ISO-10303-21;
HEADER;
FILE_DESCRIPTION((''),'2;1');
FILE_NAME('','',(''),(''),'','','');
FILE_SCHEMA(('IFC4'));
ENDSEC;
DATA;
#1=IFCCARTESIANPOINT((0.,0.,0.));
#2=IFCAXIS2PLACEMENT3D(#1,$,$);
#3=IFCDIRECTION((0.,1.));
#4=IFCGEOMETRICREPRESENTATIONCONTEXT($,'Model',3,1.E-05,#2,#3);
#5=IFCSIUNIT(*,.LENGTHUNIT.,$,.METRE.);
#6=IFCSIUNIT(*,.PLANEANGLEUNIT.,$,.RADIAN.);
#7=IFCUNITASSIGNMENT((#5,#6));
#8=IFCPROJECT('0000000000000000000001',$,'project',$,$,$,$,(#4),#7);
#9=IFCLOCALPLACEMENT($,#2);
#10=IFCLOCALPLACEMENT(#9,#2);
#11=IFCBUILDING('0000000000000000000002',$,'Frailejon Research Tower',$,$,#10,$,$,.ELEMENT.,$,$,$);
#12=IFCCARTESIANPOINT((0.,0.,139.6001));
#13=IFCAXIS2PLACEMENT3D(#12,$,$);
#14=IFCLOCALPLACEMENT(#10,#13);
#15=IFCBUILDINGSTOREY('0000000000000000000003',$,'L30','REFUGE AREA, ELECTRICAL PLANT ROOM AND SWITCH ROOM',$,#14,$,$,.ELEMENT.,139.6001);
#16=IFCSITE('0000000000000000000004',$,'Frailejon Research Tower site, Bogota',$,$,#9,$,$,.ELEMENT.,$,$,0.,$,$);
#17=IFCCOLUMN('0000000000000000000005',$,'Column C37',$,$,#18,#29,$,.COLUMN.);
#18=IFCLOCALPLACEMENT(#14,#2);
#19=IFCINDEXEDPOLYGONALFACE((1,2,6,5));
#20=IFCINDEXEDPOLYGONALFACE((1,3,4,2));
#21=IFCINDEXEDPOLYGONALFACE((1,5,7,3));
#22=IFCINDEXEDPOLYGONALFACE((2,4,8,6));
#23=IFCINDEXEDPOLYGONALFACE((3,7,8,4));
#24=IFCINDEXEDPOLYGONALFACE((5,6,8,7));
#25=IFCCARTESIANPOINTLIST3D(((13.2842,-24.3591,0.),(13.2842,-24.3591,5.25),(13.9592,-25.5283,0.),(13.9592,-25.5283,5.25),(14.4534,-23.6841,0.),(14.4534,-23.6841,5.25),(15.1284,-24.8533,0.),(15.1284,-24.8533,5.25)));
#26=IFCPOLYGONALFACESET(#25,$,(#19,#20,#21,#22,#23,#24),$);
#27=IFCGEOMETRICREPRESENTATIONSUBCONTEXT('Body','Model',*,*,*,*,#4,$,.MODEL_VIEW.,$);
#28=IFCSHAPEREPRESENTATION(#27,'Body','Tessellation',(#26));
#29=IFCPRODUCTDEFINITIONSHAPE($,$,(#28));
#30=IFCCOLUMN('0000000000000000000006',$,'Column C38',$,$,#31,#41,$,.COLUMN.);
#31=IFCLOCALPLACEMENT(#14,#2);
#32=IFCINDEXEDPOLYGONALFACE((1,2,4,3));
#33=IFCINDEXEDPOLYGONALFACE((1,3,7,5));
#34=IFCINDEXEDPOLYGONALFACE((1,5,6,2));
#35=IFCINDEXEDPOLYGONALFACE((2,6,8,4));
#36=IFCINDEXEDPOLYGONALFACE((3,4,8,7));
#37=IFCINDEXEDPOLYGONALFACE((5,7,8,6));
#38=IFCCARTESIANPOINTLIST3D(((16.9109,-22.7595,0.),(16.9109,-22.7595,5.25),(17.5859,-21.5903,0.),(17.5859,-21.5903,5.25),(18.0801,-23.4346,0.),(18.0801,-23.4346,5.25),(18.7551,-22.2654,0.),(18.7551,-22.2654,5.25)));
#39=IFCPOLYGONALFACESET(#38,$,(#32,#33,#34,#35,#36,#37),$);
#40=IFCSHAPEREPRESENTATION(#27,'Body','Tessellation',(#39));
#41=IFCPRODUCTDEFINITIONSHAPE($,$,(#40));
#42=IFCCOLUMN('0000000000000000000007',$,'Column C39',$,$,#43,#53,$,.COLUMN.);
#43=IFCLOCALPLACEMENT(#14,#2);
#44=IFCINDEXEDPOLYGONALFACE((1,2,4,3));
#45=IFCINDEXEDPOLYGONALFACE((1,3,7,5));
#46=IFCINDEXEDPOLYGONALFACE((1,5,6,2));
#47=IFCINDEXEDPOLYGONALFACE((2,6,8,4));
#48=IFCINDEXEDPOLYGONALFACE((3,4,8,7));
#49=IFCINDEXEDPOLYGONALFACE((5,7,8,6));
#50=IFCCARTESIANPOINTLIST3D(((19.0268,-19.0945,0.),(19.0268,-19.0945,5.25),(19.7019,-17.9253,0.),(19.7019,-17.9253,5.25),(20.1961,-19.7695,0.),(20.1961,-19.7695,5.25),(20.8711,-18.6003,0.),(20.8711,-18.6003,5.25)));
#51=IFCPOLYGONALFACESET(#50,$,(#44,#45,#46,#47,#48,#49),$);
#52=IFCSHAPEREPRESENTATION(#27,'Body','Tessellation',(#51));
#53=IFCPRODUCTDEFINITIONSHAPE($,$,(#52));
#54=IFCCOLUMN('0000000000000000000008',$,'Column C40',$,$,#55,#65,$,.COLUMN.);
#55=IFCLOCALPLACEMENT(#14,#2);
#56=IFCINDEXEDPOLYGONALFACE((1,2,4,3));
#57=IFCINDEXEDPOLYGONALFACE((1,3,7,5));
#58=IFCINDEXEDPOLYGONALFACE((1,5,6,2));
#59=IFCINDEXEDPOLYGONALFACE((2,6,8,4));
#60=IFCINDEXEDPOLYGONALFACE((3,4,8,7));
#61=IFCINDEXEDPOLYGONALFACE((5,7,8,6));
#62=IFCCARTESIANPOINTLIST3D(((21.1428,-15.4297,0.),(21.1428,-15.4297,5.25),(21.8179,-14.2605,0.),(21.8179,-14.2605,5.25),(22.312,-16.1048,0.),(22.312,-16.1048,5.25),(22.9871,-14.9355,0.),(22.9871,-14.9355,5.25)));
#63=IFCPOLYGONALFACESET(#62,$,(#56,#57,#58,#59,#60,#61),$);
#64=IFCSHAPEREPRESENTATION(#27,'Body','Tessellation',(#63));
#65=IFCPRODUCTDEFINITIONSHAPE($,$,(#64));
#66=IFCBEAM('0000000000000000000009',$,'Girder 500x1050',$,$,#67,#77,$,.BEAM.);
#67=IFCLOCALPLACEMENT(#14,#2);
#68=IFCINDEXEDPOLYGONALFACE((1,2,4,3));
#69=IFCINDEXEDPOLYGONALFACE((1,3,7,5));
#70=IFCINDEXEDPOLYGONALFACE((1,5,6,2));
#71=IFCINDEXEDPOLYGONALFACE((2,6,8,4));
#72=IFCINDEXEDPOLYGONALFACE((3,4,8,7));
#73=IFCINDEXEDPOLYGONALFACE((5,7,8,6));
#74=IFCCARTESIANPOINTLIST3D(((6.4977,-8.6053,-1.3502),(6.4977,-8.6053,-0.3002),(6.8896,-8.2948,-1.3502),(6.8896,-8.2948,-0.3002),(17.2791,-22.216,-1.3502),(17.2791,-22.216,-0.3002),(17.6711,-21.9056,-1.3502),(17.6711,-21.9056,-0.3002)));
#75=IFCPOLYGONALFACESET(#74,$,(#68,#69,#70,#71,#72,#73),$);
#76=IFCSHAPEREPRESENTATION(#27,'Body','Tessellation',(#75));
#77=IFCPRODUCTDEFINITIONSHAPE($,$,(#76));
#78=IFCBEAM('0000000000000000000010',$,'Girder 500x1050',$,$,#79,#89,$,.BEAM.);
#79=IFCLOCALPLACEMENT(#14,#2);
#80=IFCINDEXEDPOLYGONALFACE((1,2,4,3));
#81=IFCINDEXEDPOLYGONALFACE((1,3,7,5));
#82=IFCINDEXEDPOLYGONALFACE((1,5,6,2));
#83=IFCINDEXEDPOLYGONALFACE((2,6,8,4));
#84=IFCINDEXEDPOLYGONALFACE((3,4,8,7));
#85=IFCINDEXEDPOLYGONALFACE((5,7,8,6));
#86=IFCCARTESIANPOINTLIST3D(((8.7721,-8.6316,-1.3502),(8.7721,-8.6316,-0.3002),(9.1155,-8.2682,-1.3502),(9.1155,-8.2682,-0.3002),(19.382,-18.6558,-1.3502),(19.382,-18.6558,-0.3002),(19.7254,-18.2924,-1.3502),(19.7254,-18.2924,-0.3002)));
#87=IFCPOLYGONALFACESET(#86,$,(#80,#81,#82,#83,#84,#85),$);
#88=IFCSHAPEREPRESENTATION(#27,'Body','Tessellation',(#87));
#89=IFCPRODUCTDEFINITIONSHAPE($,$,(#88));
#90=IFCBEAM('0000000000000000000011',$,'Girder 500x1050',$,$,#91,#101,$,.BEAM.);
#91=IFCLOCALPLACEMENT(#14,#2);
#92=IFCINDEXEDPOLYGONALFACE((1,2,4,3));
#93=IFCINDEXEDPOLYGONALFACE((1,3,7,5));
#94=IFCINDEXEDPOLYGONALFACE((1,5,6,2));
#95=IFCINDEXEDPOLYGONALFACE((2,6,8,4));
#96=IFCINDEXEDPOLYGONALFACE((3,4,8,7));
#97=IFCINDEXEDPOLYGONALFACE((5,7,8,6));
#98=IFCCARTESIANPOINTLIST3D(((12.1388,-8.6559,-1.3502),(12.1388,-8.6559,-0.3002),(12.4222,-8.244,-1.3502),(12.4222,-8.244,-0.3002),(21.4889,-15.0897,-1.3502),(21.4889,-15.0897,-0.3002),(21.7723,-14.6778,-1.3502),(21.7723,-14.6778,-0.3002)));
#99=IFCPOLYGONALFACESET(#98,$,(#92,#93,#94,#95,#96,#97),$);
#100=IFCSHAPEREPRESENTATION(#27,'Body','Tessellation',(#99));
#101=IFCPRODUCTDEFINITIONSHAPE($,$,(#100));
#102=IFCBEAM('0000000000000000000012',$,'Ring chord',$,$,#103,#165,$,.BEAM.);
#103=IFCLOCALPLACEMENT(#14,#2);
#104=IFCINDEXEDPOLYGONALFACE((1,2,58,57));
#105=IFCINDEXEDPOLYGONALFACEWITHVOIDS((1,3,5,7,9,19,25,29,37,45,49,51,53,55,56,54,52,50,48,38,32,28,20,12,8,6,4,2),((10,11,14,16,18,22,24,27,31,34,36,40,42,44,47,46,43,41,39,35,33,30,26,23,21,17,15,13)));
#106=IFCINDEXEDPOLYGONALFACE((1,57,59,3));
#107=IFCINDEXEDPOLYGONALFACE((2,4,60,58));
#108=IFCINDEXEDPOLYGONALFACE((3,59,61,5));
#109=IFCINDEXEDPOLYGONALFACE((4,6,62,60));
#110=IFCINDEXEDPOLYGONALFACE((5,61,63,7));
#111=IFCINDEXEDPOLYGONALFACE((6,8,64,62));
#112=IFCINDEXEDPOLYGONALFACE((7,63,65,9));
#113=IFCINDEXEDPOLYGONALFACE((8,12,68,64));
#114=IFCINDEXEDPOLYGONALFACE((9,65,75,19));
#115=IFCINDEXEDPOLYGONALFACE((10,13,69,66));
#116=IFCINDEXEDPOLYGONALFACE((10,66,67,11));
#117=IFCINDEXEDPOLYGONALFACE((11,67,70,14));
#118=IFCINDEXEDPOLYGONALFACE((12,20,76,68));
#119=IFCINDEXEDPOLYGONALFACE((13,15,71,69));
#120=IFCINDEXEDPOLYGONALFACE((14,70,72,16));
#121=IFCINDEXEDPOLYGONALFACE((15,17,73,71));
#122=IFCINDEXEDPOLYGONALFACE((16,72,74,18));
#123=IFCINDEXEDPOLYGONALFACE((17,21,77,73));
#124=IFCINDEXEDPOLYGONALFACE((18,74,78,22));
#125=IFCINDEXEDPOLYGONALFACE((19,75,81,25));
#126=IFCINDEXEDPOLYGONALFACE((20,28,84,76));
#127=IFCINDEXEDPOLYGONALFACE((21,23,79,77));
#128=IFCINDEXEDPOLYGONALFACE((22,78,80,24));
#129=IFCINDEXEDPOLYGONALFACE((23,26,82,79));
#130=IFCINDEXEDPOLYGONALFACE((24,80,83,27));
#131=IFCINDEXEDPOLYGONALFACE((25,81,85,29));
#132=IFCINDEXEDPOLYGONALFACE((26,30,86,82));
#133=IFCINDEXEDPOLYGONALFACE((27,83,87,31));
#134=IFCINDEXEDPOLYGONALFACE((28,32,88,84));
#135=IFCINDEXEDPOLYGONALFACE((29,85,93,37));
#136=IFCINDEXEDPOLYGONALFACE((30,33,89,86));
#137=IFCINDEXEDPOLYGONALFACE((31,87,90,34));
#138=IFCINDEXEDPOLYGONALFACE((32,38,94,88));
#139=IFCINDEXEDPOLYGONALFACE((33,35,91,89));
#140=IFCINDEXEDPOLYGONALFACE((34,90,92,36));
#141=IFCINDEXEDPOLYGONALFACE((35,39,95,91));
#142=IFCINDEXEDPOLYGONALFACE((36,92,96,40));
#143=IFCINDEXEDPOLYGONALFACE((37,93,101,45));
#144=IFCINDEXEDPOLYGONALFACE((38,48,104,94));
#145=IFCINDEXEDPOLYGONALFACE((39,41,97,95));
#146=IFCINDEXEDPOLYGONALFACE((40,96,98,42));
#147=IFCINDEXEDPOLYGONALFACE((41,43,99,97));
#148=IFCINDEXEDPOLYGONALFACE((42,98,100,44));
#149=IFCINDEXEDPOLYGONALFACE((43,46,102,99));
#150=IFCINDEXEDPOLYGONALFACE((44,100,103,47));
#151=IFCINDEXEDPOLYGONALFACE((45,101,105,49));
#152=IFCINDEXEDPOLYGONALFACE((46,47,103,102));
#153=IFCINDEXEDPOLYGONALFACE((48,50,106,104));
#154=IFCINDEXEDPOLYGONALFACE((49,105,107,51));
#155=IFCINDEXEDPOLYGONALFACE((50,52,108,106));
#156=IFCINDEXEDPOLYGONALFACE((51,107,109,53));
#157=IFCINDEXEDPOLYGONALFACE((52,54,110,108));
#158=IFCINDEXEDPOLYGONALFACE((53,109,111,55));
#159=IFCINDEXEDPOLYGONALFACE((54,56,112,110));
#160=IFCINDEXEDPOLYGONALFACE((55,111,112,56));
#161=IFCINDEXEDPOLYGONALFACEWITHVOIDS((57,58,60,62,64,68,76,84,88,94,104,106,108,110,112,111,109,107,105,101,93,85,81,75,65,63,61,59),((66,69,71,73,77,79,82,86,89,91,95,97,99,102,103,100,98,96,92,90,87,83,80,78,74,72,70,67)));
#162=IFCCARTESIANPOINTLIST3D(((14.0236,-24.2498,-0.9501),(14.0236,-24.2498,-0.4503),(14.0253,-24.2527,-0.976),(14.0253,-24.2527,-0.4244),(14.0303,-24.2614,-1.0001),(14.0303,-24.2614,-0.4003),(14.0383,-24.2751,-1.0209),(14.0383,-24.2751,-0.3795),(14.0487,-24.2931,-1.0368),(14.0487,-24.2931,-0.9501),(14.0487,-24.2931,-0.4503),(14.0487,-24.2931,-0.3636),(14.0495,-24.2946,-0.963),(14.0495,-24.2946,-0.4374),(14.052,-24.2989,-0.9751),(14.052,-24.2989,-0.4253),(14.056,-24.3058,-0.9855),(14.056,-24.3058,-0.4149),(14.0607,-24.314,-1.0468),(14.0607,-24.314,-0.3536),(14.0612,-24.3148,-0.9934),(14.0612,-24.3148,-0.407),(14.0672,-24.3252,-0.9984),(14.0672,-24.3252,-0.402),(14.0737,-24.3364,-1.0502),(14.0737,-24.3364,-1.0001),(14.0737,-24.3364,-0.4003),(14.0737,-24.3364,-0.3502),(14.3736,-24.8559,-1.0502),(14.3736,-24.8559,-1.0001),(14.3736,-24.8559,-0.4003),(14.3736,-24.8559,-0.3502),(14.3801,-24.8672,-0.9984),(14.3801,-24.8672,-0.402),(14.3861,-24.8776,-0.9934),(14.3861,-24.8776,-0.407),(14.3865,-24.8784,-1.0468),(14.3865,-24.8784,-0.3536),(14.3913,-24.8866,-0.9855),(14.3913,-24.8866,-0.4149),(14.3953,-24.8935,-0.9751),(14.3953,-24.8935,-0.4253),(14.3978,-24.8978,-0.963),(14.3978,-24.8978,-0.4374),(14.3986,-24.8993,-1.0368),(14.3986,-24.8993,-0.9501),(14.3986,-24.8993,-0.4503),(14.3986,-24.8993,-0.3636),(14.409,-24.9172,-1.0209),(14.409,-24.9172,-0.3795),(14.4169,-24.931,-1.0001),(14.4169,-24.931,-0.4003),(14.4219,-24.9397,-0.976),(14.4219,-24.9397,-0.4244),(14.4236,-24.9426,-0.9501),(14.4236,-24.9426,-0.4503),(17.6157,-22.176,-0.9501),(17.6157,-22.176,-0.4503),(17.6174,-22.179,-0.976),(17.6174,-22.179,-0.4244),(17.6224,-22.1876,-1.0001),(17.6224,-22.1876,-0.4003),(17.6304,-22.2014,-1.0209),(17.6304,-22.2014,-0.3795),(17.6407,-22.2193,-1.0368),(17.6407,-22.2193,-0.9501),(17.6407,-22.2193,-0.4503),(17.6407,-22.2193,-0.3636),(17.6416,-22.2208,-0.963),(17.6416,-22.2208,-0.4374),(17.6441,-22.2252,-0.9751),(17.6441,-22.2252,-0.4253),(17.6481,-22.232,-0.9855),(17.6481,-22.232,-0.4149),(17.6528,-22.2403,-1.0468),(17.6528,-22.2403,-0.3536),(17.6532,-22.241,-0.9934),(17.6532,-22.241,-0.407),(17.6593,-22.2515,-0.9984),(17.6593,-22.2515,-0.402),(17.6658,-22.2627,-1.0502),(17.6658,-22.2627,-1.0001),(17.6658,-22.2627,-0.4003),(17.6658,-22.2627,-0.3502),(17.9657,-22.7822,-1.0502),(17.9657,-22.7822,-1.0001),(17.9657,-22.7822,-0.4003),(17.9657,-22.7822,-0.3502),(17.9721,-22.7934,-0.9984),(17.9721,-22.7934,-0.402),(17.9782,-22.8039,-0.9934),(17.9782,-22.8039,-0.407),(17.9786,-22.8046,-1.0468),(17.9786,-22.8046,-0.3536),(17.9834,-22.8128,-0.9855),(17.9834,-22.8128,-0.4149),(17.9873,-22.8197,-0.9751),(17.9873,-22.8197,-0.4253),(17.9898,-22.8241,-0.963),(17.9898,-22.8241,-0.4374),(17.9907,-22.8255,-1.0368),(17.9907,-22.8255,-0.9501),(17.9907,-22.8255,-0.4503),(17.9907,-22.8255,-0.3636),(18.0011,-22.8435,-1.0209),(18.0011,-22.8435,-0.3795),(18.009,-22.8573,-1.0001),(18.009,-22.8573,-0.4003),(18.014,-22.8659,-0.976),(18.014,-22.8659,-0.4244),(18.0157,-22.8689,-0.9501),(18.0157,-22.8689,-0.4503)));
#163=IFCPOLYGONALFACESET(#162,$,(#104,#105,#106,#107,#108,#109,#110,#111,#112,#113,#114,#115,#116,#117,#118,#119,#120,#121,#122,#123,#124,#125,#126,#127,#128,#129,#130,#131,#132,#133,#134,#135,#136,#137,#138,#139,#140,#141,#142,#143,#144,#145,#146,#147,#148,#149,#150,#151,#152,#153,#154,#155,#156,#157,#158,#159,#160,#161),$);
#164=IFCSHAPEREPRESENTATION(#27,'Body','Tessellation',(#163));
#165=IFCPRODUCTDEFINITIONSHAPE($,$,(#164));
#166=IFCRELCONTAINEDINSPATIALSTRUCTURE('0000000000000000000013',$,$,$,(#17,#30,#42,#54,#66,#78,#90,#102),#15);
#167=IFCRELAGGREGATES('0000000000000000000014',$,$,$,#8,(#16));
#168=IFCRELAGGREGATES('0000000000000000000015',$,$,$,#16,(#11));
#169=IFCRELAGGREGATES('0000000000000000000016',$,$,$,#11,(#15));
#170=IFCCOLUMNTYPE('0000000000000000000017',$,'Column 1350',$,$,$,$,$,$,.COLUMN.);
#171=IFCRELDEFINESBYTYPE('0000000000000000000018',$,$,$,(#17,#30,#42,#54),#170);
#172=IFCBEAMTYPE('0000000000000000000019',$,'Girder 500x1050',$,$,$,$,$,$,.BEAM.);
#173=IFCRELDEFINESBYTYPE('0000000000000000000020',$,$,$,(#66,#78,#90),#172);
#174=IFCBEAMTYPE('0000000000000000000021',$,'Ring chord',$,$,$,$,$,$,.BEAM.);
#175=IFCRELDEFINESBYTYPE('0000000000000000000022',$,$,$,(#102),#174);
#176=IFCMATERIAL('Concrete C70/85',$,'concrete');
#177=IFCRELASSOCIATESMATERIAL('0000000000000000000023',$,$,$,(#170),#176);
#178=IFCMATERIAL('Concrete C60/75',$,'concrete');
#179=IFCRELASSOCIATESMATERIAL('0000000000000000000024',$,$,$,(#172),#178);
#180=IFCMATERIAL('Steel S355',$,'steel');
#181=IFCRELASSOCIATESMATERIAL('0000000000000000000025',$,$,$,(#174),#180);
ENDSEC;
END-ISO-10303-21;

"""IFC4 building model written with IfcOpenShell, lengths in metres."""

from ifc_helpers import new_model, si_unit, direction, frame, origin, origin_2d, place, context, subcontext, project, spatial, rectangle, hollow_rectangle, extrude, material, material_profile, profile_set, type_object, element, save


model = new_model("IFC4")

# Units and contexts
model_context = context("Model", 3, precision=1e-05, world=origin(), true_north=direction((0.0, 1.0)))
body_context = subcontext(model_context, "Body", "Model", "MODEL_VIEW")
ifc_project = project(units=[si_unit("LENGTHUNIT", "METRE"), si_unit("PLANEANGLEUNIT", "RADIAN")], contexts=[model_context])

# Site, building, storey
site_placement = place(None, origin())
site = spatial("IfcSite", under=ifc_project, at=site_placement, Name="Frailejon Research Tower site, Bogota", CompositionType="ELEMENT", RefElevation=0.0)
building_placement = place(site_placement, origin())
building = spatial("IfcBuilding", under=site, at=building_placement, Name="Frailejon Research Tower", CompositionType="ELEMENT")
storey_placement = place(building_placement, frame((0.0, 0.0, 139.6001)))
storey = spatial("IfcBuildingStorey", under=building, at=storey_placement, Name="L30", Description="REFUGE AREA, ELECTRICAL PLANT ROOM AND SWITCH ROOM", CompositionType="ELEMENT", Elevation=139.6001)

# Columns
ifc_material_1 = material(Name="Concrete C70/85", Category="concrete")
ifc_material_profile_1 = material_profile(ifc_material_1, rectangle(XDim=1.3501, YDim=1.3501, at=origin_2d()), Name="Column 1350")
ifc_profile_set_1 = profile_set([ifc_material_profile_1], Name="Concrete C70/85")
column_type = type_object("IfcColumnType", Name="Column 1350", PredefinedType="COLUMN", material=ifc_profile_set_1)
for number, where, z_axis, x_axis, name in (
    (1, (14.2063, -24.6062, 0.0), (0.0, 0.0, 1.0), (0.866025, 0.5, 0.0), "Column C37"),
    (2, (17.833, -22.5125, 0.0), (0.0, 0.0, 1.0), (0.5, 0.866025, 0.0), "Column C38"),
    (3, (19.949, -18.8474, 0.0), (0.0, 0.0, 1.0), (0.5, 0.866025, 0.0), "Column C39"),
    (4, (22.0649, -15.1826, 0.0), (0.0, 0.0, 1.0), (0.5, 0.866025, 0.0), "Column C40"),
):
    element("IfcColumn", number, at=place(storey_placement, frame(where, z_axis=z_axis, x_axis=x_axis)), inside=storey, type_object=column_type, Name=name, PredefinedType="COLUMN", context=body_context, shape_type="SweptSolid", body=[
        extrude(rectangle(XDim=1.3501, YDim=1.3501, at=origin_2d()), origin(), (0.0, 0.0, 1.0), 5.25),
    ])

# Beams
ifc_material_2 = material(Name="Concrete C60/75", Category="concrete")
ifc_material_profile_2 = material_profile(ifc_material_2, rectangle(XDim=0.5, YDim=1.05, at=origin_2d()), Name="Girder 500x1050")
ifc_profile_set_2 = profile_set([ifc_material_profile_2], Name="Concrete C60/75")
beam_type_1 = type_object("IfcBeamType", Name="Girder 500x1050", PredefinedType="BEAM", material=ifc_profile_set_2)
beam_1_placement = place(storey_placement, frame((17.4751, -22.0608, -0.8252), z_axis=(-0.620924, 0.783871, 0.0), x_axis=(-0.783871, -0.620924, 0.0)))
element("IfcBeam", 5, at=beam_1_placement, inside=storey, type_object=beam_type_1, Name="Girder 500x1050", PredefinedType="BEAM", context=body_context, shape_type="SweptSolid", body=[
    extrude(rectangle(XDim=0.5, YDim=1.05, at=origin_2d()), origin(), (0.0, 0.0, 1.0), 17.3635),
])
beam_2_placement = place(storey_placement, frame((19.5537, -18.4741, -0.8252), z_axis=(-0.726885, 0.686759, 0.0), x_axis=(-0.686759, -0.726885, 0.0)))
element("IfcBeam", 6, at=beam_2_placement, inside=storey, type_object=beam_type_1, Name="Girder 500x1050", PredefinedType="BEAM", context=body_context, shape_type="SweptSolid", body=[
    extrude(rectangle(XDim=0.5, YDim=1.05, at=origin_2d()), origin(), (0.0, 0.0, 1.0), 14.5964),
])
beam_3_placement = place(storey_placement, frame((21.6306, -14.8838, -0.8252), z_axis=(-0.82381, 0.566867, 0.0), x_axis=(-0.566867, -0.82381, 0.0)))
element("IfcBeam", 7, at=beam_3_placement, inside=storey, type_object=beam_type_1, Name="Girder 500x1050", PredefinedType="BEAM", context=body_context, shape_type="SweptSolid", body=[
    extrude(rectangle(XDim=0.5, YDim=1.05, at=origin_2d()), origin(), (0.0, 0.0, 1.0), 11.3499),
])
ifc_material_3 = material(Name="Steel S355", Category="steel")
ifc_material_profile_3 = material_profile(ifc_material_3, hollow_rectangle(XDim=0.8, YDim=0.7, WallThickness=0.05, InnerFilletRadius=0.05, OuterFilletRadius=0.1001, at=origin_2d()), Name="Ring chord")
ifc_profile_set_3 = profile_set([ifc_material_profile_3], Name="Steel S355")
beam_type_2 = type_object("IfcBeamType", Name="Ring chord", PredefinedType="BEAM", material=ifc_profile_set_3)
beam_4_placement = place(storey_placement, frame((14.2236, -24.5962, -0.7002), z_axis=(0.86604, 0.499976, 0.0), x_axis=(-0.499976, 0.86604, 0.0)))
element("IfcBeam", 8, at=beam_4_placement, inside=storey, type_object=beam_type_2, Name="Ring chord", PredefinedType="BEAM", context=body_context, shape_type="SweptSolid", body=[
    extrude(hollow_rectangle(XDim=0.8, YDim=0.7, WallThickness=0.05, InnerFilletRadius=0.05, OuterFilletRadius=0.1001, at=origin_2d()), origin(), (0.0, 0.0, 1.0), 4.1477),
])

save(model, "model.ifc")
